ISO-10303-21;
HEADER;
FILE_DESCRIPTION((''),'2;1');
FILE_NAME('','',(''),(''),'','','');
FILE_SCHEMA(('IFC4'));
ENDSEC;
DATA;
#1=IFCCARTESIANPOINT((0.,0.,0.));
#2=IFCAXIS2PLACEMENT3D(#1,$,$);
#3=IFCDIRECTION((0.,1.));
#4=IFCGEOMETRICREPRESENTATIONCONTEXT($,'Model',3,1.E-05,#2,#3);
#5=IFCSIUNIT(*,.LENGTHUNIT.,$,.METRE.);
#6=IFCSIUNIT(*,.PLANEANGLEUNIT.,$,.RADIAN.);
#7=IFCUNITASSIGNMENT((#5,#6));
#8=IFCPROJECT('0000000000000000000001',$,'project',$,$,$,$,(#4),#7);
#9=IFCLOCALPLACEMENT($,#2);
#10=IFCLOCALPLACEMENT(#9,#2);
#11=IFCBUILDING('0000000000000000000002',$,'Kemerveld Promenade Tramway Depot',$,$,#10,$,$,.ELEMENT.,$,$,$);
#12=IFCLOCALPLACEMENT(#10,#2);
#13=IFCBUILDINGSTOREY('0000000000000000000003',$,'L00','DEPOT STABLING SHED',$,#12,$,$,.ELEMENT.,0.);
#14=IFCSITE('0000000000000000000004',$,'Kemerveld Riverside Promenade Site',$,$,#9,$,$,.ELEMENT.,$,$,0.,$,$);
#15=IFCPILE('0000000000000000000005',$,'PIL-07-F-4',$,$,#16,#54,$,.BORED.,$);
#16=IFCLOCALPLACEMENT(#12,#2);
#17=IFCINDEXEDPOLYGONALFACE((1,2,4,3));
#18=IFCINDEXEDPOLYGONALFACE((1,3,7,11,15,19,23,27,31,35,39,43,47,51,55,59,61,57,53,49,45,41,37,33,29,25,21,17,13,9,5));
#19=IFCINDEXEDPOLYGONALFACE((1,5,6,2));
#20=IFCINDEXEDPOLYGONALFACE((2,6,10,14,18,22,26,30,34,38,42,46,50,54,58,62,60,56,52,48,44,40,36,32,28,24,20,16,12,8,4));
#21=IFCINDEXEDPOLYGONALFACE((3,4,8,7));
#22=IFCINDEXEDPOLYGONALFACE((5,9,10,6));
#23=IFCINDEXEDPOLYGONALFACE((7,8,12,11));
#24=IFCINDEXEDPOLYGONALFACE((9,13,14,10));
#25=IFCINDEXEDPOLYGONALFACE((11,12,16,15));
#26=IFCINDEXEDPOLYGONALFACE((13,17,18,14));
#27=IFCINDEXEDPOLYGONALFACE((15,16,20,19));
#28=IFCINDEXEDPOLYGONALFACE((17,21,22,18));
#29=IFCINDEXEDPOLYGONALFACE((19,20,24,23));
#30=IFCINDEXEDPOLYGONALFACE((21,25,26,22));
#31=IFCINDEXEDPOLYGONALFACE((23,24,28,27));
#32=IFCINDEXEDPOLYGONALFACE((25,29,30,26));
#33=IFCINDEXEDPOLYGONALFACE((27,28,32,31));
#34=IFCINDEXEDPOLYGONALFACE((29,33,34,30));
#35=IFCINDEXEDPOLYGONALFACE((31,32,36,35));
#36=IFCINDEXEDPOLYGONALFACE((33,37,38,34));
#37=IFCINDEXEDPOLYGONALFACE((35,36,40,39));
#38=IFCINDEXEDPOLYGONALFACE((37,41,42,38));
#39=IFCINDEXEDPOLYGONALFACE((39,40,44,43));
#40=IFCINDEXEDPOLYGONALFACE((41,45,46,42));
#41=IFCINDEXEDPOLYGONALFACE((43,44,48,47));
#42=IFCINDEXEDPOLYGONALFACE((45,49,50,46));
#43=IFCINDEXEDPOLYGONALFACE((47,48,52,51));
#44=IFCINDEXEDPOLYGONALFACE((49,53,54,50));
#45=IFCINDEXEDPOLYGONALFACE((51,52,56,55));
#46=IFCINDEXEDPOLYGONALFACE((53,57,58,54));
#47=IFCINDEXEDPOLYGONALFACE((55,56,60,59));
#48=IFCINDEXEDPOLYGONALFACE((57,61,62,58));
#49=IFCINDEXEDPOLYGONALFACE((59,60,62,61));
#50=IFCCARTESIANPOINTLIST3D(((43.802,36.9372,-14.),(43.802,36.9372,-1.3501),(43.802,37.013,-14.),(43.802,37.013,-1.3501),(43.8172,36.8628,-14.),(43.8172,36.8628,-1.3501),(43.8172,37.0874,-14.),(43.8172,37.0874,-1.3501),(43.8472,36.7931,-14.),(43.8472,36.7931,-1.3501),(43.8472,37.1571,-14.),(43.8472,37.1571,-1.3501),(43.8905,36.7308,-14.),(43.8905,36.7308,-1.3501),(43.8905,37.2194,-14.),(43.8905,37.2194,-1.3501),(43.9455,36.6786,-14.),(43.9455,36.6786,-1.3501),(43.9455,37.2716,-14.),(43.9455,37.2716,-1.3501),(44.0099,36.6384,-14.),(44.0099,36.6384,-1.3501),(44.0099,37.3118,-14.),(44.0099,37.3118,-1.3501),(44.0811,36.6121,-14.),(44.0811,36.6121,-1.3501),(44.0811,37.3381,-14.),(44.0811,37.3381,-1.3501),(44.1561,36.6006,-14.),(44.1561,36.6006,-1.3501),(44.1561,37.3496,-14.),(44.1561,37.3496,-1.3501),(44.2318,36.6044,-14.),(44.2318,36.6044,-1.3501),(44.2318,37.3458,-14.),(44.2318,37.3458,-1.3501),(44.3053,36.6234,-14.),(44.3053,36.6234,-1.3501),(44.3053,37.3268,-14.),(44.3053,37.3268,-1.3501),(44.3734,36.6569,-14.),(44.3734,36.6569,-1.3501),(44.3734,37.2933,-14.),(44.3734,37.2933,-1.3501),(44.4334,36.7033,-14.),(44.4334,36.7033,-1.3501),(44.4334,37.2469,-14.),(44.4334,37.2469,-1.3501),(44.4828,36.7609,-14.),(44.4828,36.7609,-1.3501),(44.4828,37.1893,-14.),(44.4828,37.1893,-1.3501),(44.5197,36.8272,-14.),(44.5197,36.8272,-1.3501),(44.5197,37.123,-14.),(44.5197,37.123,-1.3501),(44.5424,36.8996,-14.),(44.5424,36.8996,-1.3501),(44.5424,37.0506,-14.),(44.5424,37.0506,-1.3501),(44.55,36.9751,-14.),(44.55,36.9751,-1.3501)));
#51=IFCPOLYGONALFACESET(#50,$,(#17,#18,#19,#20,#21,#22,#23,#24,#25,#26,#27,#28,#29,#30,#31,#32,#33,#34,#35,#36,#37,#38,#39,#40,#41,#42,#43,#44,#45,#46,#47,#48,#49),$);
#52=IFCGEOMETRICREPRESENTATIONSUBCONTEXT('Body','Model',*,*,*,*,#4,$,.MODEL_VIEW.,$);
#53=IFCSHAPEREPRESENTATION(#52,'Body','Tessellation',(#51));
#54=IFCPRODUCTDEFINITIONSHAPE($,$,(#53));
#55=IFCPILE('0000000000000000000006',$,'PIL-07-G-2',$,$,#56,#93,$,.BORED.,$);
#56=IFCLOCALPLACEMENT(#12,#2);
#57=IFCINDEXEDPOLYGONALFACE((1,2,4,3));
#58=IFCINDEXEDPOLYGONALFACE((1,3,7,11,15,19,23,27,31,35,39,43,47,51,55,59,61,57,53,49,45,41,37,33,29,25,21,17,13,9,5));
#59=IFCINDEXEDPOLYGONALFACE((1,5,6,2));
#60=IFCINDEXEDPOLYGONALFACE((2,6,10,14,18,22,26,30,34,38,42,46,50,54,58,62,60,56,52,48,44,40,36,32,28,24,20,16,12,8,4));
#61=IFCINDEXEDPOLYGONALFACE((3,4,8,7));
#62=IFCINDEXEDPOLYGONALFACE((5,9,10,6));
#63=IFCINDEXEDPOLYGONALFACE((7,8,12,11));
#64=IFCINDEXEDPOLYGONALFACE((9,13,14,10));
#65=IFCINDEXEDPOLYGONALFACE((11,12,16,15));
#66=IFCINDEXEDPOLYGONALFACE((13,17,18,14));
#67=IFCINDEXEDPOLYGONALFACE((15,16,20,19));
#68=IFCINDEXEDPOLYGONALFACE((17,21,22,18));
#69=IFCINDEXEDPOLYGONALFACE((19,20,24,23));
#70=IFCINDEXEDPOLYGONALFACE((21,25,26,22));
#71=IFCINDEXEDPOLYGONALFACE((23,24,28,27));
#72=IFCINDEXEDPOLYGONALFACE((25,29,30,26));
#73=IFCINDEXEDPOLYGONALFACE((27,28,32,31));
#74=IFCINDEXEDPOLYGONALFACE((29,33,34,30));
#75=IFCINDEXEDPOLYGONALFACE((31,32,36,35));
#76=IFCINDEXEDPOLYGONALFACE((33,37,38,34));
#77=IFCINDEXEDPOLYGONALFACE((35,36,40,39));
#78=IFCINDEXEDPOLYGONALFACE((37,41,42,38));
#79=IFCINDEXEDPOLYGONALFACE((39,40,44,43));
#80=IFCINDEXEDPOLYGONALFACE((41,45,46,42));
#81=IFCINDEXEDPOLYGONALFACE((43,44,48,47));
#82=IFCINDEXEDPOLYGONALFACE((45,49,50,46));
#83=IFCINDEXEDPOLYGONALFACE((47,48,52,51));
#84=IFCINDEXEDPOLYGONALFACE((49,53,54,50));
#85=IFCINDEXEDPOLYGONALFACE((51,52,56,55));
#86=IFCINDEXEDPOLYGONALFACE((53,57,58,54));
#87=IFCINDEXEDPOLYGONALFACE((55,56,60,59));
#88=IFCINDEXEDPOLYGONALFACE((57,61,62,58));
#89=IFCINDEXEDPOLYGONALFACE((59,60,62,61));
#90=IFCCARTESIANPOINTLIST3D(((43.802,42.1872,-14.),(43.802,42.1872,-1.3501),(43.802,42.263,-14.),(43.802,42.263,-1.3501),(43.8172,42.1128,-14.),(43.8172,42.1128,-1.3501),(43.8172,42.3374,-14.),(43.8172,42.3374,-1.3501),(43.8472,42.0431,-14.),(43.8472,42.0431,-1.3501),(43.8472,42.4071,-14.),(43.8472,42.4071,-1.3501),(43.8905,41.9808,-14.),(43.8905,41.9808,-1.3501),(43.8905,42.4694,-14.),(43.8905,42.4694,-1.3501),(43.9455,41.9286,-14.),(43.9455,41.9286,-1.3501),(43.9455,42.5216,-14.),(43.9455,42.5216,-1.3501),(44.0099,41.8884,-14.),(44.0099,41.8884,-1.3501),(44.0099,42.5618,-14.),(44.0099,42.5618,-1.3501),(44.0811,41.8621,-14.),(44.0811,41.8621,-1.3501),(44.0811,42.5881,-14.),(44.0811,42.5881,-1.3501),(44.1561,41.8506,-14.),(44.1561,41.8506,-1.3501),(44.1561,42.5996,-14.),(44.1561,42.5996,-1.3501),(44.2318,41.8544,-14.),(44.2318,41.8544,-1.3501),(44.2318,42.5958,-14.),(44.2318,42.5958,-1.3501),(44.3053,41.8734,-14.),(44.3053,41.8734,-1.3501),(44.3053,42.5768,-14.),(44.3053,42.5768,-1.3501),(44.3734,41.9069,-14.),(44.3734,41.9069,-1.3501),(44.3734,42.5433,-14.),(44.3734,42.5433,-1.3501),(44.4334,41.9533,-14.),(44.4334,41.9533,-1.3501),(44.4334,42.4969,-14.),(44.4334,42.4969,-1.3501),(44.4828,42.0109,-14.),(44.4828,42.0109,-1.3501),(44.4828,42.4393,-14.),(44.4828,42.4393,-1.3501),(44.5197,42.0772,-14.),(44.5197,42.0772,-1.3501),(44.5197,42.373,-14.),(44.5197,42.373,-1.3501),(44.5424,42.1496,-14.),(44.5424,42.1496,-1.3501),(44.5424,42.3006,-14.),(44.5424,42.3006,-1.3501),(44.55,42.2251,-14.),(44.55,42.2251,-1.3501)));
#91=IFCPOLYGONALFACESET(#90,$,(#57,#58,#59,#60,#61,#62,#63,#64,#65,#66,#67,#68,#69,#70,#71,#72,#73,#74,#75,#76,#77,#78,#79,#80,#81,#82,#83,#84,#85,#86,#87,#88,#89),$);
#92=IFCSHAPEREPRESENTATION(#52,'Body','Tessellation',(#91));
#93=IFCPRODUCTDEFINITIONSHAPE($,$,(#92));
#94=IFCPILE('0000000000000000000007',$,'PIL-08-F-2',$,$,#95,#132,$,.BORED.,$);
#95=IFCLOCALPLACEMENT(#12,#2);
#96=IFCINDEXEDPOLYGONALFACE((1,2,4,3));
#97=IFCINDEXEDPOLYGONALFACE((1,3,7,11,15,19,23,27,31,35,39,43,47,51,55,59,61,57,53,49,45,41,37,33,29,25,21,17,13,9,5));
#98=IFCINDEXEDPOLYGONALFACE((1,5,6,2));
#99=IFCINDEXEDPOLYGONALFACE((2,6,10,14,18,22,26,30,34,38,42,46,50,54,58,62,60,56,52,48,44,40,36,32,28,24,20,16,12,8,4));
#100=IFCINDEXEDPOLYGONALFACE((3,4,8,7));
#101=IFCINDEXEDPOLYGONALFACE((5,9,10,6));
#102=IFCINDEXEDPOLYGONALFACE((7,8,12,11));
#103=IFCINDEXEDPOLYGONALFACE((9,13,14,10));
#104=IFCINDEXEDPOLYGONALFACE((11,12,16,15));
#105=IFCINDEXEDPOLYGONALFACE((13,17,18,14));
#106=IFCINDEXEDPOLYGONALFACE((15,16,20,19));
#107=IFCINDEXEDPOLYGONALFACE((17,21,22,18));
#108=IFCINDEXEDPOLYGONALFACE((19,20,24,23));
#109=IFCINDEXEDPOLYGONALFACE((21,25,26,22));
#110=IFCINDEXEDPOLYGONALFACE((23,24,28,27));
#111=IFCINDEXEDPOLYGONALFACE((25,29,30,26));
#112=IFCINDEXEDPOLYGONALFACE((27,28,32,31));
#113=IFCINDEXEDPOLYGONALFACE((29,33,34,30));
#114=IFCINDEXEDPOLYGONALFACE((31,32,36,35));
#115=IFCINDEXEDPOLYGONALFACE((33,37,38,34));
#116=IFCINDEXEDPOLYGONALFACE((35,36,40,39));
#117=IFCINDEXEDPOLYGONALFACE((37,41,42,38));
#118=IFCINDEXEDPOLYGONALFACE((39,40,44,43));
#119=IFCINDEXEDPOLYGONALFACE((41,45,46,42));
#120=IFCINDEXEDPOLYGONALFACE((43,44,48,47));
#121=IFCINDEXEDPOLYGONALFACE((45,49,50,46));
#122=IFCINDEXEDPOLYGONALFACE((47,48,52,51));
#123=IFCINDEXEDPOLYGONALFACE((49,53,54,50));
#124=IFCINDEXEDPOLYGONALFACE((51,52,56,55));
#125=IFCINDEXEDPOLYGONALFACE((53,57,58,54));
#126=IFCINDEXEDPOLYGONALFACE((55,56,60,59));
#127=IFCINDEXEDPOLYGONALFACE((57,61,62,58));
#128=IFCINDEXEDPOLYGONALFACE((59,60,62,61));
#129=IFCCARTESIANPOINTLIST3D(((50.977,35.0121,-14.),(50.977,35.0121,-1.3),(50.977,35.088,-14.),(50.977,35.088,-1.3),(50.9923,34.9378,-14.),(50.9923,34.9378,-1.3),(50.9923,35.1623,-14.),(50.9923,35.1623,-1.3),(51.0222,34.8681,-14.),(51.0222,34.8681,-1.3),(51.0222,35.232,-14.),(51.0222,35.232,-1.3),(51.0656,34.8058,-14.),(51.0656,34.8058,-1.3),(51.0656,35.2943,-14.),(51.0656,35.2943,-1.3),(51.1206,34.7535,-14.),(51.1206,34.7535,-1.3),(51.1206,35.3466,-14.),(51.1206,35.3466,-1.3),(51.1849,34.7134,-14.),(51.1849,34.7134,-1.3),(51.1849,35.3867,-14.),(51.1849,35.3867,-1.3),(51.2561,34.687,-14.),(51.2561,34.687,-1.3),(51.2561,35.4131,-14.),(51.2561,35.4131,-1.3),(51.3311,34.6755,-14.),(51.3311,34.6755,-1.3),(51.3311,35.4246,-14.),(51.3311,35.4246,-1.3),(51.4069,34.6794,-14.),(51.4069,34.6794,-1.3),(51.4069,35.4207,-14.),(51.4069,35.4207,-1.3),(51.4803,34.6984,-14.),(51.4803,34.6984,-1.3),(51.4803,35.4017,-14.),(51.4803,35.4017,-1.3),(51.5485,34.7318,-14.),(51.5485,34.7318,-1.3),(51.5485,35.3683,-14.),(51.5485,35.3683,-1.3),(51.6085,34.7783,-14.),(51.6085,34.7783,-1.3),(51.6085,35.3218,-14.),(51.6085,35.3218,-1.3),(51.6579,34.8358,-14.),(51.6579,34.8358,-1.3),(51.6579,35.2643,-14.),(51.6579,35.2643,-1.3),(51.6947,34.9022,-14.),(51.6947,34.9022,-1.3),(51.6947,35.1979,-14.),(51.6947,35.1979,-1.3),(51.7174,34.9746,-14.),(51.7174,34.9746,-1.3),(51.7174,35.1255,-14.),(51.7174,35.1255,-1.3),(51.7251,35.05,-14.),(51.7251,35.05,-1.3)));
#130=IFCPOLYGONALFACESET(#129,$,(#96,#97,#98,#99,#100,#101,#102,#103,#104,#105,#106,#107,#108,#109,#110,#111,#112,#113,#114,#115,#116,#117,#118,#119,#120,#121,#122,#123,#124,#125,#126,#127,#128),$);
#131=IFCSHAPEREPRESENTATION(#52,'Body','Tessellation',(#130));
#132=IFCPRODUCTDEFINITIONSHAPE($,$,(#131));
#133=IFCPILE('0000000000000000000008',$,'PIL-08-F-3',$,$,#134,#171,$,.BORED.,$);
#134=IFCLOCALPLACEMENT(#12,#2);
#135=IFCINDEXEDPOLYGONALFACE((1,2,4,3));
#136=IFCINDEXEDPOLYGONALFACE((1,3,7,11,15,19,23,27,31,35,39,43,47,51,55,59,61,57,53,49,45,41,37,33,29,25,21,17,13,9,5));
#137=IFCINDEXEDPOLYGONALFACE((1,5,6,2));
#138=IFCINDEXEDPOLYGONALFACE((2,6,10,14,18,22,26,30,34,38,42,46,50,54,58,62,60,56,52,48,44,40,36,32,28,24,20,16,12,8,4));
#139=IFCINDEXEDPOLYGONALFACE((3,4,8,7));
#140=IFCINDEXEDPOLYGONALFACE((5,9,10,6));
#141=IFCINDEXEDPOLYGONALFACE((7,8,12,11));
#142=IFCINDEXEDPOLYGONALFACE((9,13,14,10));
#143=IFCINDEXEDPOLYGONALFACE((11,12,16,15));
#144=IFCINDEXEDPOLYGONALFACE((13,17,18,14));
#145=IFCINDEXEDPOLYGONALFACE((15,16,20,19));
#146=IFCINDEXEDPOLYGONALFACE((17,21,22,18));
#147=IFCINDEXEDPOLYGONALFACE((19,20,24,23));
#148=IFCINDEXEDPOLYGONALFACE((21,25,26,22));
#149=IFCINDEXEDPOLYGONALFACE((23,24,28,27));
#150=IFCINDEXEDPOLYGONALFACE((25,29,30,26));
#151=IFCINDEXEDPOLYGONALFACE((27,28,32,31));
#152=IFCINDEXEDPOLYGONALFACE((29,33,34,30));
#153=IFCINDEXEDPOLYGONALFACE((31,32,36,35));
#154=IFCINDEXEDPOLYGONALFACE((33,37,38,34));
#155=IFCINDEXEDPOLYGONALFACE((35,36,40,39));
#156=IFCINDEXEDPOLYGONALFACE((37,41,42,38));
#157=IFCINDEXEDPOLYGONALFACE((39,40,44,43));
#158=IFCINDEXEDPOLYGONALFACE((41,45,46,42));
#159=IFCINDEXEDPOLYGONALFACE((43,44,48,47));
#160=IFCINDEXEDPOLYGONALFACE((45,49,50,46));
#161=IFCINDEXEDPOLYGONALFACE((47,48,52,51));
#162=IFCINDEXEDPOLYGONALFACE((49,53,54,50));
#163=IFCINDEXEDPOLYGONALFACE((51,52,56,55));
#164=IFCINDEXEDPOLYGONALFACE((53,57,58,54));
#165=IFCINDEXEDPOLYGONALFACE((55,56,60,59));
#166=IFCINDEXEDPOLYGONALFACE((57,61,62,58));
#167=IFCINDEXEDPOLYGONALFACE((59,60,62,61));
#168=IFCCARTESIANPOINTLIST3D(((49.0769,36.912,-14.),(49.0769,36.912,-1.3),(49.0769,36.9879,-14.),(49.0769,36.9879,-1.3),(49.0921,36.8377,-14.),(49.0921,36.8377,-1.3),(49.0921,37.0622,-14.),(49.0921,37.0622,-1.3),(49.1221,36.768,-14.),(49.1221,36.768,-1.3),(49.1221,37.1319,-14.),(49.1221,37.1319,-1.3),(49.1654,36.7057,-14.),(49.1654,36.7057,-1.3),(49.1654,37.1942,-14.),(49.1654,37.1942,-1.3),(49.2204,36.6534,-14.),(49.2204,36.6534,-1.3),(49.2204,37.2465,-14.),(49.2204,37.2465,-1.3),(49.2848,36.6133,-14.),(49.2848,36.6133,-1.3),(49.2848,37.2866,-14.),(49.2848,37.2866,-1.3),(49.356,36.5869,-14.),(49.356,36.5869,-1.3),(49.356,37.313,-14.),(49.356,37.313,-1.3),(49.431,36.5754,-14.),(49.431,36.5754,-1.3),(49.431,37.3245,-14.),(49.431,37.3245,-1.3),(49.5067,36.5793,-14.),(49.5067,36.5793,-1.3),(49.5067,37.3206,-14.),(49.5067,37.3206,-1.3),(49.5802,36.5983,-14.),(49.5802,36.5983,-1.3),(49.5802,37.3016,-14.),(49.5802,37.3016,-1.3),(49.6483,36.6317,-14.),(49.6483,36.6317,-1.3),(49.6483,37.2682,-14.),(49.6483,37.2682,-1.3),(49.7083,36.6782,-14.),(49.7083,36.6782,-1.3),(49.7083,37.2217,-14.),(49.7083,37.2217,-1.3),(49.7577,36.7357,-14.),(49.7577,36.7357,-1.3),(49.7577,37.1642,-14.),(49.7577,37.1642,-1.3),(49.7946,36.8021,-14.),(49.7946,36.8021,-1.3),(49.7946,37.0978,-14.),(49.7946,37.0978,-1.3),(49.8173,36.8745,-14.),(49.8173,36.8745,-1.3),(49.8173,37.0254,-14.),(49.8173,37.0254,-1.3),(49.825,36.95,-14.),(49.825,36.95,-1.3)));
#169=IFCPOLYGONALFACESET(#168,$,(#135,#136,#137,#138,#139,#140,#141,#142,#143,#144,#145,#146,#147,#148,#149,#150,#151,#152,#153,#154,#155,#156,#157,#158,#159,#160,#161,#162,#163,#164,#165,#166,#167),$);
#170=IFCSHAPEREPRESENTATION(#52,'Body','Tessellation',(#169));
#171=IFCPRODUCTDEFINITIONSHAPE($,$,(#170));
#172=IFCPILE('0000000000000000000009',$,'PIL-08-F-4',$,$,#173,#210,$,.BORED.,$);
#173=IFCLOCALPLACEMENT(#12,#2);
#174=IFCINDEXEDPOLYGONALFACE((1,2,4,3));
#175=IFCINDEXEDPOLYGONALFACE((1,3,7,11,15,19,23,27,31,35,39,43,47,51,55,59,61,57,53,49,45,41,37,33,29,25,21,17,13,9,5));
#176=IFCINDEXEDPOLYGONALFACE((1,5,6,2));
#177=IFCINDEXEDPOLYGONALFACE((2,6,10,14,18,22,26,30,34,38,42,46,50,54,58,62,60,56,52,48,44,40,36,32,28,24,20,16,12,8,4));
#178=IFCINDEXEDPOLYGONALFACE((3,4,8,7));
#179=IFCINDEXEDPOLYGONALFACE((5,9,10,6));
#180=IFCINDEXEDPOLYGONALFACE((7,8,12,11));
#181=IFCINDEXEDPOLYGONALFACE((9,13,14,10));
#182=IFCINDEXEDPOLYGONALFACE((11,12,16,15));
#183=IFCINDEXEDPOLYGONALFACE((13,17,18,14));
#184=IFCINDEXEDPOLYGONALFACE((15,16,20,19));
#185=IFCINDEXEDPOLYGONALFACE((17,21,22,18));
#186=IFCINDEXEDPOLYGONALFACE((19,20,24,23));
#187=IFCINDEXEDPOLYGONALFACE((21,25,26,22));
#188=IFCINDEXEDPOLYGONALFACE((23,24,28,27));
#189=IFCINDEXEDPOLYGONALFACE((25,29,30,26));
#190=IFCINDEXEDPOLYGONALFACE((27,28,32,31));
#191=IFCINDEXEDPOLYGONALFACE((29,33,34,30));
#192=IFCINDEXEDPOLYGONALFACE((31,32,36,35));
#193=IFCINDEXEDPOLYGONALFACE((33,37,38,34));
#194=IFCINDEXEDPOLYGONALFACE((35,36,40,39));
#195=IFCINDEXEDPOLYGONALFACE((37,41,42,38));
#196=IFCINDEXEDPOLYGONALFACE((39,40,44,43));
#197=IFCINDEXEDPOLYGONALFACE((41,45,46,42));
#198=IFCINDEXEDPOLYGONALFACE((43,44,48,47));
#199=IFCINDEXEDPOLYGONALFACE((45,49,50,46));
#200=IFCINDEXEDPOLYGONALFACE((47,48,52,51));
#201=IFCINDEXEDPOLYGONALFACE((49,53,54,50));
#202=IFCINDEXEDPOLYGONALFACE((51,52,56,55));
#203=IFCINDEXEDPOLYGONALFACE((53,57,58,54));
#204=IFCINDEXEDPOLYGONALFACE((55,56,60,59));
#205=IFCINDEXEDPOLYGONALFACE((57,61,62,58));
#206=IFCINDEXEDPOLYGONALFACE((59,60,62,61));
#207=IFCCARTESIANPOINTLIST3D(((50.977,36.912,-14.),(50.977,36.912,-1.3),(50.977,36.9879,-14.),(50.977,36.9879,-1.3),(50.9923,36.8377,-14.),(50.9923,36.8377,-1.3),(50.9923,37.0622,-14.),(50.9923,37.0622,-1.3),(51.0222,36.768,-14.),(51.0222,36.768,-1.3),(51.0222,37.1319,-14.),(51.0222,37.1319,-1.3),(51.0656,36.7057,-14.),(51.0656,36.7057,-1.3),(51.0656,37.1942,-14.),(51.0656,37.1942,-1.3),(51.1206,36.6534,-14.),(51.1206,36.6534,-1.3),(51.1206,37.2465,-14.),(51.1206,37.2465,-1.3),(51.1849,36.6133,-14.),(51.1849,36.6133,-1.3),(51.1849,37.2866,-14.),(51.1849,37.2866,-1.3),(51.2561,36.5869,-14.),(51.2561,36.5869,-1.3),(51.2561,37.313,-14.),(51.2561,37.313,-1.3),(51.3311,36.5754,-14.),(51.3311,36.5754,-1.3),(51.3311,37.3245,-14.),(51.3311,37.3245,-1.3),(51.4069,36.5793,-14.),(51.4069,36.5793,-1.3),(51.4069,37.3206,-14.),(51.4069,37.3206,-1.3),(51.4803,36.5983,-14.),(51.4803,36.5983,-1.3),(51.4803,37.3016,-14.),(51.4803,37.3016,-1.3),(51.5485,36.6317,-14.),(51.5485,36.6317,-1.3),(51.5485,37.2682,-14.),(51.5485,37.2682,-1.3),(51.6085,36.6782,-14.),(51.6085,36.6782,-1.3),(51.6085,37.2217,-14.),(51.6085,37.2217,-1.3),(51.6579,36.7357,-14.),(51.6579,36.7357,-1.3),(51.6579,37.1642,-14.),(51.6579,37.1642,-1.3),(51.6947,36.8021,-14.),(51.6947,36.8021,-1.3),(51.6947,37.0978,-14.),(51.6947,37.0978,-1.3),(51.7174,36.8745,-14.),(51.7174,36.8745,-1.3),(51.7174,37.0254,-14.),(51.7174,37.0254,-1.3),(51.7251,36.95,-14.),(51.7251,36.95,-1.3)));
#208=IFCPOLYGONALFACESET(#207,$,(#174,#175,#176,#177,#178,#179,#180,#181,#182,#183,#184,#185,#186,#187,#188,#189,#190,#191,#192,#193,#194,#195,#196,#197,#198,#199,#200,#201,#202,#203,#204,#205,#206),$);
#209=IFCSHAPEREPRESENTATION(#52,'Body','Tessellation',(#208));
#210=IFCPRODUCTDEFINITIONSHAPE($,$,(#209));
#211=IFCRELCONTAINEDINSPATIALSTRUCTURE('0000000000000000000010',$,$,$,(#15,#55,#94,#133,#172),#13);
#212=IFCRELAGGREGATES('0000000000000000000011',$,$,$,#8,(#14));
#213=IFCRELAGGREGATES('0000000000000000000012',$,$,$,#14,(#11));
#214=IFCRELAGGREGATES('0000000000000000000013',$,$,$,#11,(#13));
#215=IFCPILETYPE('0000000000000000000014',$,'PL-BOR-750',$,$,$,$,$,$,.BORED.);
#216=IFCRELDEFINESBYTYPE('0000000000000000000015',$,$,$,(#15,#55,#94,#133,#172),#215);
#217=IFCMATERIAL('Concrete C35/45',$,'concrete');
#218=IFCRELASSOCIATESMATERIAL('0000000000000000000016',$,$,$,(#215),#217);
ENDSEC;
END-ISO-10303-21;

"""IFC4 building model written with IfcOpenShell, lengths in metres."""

from ifc_helpers import new_model, si_unit, direction, frame, origin, origin_2d, place, context, subcontext, project, spatial, circle, extrude, material, material_profile, profile_set, type_object, element, save


model = new_model("IFC4")

# Units and contexts
model_context = context("Model", 3, precision=1e-05, world=origin(), true_north=direction((0.0, 1.0)))
body_context = subcontext(model_context, "Body", "Model", "MODEL_VIEW")
ifc_project = project(units=[si_unit("LENGTHUNIT", "METRE"), si_unit("PLANEANGLEUNIT", "RADIAN")], contexts=[model_context])

# Site, building, storey
site_placement = place(None, origin())
site = spatial("IfcSite", under=ifc_project, at=site_placement, Name="Kemerveld Riverside Promenade Site", CompositionType="ELEMENT", RefElevation=0.0)
building_placement = place(site_placement, origin())
building = spatial("IfcBuilding", under=site, at=building_placement, Name="Kemerveld Promenade Tramway Depot", CompositionType="ELEMENT")
storey_placement = place(building_placement, origin())
storey = spatial("IfcBuildingStorey", under=building, at=storey_placement, Name="L00", Description="DEPOT STABLING SHED", CompositionType="ELEMENT", Elevation=0.0)

# Shared definitions
ifc_material_1 = material(Name="Concrete C35/45", Category="concrete")

# Piles
ifc_material_profile_1 = material_profile(ifc_material_1, circle(Radius=0.375, at=origin_2d()), Name="PILE-D750")
ifc_profile_set_1 = profile_set([ifc_material_profile_1], Name="Concrete C35/45")
pile_type_1 = type_object("IfcPileType", Name="PL-BOR-750", PredefinedType="BORED", material=ifc_profile_set_1)
for number, where, z_axis, x_axis, name in (
    (1, (44.175, 36.9751, -1.3501), (0.0, 0.0, -1.0), (1.0, 0.0, 0.0), "PIL-07-F-4"),
    (2, (44.175, 42.2251, -1.3501), (0.0, 0.0, -1.0), (1.0, 0.0, 0.0), "PIL-07-G-2"),
):
    element("IfcPile", number, at=place(storey_placement, frame(where, z_axis=z_axis, x_axis=x_axis)), inside=storey, type_object=pile_type_1, Name=name, PredefinedType="BORED", context=body_context, shape_type="SweptSolid", body=[
        extrude(circle(Radius=0.375, at=origin_2d()), origin(), (0.0, 0.0, 1.0), 12.6499),
    ])
for number, where, z_axis, x_axis, name in (
    (3, (51.3501, 35.05, -1.3), (0.0, 0.0, -1.0), (1.0, 0.0, 0.0), "PIL-08-F-2"),
    (4, (49.45, 36.95, -1.3), (0.0, 0.0, -1.0), (1.0, 0.0, 0.0), "PIL-08-F-3"),
    (5, (51.3501, 36.95, -1.3), (0.0, 0.0, -1.0), (1.0, 0.0, 0.0), "PIL-08-F-4"),
):
    element("IfcPile", number, at=place(storey_placement, frame(where, z_axis=z_axis, x_axis=x_axis)), inside=storey, type_object=pile_type_1, Name=name, PredefinedType="BORED", context=body_context, shape_type="SweptSolid", body=[
        extrude(circle(Radius=0.375, at=origin_2d()), origin(), (0.0, 0.0, 1.0), 12.7),
    ])

save(model, "model.ifc")
